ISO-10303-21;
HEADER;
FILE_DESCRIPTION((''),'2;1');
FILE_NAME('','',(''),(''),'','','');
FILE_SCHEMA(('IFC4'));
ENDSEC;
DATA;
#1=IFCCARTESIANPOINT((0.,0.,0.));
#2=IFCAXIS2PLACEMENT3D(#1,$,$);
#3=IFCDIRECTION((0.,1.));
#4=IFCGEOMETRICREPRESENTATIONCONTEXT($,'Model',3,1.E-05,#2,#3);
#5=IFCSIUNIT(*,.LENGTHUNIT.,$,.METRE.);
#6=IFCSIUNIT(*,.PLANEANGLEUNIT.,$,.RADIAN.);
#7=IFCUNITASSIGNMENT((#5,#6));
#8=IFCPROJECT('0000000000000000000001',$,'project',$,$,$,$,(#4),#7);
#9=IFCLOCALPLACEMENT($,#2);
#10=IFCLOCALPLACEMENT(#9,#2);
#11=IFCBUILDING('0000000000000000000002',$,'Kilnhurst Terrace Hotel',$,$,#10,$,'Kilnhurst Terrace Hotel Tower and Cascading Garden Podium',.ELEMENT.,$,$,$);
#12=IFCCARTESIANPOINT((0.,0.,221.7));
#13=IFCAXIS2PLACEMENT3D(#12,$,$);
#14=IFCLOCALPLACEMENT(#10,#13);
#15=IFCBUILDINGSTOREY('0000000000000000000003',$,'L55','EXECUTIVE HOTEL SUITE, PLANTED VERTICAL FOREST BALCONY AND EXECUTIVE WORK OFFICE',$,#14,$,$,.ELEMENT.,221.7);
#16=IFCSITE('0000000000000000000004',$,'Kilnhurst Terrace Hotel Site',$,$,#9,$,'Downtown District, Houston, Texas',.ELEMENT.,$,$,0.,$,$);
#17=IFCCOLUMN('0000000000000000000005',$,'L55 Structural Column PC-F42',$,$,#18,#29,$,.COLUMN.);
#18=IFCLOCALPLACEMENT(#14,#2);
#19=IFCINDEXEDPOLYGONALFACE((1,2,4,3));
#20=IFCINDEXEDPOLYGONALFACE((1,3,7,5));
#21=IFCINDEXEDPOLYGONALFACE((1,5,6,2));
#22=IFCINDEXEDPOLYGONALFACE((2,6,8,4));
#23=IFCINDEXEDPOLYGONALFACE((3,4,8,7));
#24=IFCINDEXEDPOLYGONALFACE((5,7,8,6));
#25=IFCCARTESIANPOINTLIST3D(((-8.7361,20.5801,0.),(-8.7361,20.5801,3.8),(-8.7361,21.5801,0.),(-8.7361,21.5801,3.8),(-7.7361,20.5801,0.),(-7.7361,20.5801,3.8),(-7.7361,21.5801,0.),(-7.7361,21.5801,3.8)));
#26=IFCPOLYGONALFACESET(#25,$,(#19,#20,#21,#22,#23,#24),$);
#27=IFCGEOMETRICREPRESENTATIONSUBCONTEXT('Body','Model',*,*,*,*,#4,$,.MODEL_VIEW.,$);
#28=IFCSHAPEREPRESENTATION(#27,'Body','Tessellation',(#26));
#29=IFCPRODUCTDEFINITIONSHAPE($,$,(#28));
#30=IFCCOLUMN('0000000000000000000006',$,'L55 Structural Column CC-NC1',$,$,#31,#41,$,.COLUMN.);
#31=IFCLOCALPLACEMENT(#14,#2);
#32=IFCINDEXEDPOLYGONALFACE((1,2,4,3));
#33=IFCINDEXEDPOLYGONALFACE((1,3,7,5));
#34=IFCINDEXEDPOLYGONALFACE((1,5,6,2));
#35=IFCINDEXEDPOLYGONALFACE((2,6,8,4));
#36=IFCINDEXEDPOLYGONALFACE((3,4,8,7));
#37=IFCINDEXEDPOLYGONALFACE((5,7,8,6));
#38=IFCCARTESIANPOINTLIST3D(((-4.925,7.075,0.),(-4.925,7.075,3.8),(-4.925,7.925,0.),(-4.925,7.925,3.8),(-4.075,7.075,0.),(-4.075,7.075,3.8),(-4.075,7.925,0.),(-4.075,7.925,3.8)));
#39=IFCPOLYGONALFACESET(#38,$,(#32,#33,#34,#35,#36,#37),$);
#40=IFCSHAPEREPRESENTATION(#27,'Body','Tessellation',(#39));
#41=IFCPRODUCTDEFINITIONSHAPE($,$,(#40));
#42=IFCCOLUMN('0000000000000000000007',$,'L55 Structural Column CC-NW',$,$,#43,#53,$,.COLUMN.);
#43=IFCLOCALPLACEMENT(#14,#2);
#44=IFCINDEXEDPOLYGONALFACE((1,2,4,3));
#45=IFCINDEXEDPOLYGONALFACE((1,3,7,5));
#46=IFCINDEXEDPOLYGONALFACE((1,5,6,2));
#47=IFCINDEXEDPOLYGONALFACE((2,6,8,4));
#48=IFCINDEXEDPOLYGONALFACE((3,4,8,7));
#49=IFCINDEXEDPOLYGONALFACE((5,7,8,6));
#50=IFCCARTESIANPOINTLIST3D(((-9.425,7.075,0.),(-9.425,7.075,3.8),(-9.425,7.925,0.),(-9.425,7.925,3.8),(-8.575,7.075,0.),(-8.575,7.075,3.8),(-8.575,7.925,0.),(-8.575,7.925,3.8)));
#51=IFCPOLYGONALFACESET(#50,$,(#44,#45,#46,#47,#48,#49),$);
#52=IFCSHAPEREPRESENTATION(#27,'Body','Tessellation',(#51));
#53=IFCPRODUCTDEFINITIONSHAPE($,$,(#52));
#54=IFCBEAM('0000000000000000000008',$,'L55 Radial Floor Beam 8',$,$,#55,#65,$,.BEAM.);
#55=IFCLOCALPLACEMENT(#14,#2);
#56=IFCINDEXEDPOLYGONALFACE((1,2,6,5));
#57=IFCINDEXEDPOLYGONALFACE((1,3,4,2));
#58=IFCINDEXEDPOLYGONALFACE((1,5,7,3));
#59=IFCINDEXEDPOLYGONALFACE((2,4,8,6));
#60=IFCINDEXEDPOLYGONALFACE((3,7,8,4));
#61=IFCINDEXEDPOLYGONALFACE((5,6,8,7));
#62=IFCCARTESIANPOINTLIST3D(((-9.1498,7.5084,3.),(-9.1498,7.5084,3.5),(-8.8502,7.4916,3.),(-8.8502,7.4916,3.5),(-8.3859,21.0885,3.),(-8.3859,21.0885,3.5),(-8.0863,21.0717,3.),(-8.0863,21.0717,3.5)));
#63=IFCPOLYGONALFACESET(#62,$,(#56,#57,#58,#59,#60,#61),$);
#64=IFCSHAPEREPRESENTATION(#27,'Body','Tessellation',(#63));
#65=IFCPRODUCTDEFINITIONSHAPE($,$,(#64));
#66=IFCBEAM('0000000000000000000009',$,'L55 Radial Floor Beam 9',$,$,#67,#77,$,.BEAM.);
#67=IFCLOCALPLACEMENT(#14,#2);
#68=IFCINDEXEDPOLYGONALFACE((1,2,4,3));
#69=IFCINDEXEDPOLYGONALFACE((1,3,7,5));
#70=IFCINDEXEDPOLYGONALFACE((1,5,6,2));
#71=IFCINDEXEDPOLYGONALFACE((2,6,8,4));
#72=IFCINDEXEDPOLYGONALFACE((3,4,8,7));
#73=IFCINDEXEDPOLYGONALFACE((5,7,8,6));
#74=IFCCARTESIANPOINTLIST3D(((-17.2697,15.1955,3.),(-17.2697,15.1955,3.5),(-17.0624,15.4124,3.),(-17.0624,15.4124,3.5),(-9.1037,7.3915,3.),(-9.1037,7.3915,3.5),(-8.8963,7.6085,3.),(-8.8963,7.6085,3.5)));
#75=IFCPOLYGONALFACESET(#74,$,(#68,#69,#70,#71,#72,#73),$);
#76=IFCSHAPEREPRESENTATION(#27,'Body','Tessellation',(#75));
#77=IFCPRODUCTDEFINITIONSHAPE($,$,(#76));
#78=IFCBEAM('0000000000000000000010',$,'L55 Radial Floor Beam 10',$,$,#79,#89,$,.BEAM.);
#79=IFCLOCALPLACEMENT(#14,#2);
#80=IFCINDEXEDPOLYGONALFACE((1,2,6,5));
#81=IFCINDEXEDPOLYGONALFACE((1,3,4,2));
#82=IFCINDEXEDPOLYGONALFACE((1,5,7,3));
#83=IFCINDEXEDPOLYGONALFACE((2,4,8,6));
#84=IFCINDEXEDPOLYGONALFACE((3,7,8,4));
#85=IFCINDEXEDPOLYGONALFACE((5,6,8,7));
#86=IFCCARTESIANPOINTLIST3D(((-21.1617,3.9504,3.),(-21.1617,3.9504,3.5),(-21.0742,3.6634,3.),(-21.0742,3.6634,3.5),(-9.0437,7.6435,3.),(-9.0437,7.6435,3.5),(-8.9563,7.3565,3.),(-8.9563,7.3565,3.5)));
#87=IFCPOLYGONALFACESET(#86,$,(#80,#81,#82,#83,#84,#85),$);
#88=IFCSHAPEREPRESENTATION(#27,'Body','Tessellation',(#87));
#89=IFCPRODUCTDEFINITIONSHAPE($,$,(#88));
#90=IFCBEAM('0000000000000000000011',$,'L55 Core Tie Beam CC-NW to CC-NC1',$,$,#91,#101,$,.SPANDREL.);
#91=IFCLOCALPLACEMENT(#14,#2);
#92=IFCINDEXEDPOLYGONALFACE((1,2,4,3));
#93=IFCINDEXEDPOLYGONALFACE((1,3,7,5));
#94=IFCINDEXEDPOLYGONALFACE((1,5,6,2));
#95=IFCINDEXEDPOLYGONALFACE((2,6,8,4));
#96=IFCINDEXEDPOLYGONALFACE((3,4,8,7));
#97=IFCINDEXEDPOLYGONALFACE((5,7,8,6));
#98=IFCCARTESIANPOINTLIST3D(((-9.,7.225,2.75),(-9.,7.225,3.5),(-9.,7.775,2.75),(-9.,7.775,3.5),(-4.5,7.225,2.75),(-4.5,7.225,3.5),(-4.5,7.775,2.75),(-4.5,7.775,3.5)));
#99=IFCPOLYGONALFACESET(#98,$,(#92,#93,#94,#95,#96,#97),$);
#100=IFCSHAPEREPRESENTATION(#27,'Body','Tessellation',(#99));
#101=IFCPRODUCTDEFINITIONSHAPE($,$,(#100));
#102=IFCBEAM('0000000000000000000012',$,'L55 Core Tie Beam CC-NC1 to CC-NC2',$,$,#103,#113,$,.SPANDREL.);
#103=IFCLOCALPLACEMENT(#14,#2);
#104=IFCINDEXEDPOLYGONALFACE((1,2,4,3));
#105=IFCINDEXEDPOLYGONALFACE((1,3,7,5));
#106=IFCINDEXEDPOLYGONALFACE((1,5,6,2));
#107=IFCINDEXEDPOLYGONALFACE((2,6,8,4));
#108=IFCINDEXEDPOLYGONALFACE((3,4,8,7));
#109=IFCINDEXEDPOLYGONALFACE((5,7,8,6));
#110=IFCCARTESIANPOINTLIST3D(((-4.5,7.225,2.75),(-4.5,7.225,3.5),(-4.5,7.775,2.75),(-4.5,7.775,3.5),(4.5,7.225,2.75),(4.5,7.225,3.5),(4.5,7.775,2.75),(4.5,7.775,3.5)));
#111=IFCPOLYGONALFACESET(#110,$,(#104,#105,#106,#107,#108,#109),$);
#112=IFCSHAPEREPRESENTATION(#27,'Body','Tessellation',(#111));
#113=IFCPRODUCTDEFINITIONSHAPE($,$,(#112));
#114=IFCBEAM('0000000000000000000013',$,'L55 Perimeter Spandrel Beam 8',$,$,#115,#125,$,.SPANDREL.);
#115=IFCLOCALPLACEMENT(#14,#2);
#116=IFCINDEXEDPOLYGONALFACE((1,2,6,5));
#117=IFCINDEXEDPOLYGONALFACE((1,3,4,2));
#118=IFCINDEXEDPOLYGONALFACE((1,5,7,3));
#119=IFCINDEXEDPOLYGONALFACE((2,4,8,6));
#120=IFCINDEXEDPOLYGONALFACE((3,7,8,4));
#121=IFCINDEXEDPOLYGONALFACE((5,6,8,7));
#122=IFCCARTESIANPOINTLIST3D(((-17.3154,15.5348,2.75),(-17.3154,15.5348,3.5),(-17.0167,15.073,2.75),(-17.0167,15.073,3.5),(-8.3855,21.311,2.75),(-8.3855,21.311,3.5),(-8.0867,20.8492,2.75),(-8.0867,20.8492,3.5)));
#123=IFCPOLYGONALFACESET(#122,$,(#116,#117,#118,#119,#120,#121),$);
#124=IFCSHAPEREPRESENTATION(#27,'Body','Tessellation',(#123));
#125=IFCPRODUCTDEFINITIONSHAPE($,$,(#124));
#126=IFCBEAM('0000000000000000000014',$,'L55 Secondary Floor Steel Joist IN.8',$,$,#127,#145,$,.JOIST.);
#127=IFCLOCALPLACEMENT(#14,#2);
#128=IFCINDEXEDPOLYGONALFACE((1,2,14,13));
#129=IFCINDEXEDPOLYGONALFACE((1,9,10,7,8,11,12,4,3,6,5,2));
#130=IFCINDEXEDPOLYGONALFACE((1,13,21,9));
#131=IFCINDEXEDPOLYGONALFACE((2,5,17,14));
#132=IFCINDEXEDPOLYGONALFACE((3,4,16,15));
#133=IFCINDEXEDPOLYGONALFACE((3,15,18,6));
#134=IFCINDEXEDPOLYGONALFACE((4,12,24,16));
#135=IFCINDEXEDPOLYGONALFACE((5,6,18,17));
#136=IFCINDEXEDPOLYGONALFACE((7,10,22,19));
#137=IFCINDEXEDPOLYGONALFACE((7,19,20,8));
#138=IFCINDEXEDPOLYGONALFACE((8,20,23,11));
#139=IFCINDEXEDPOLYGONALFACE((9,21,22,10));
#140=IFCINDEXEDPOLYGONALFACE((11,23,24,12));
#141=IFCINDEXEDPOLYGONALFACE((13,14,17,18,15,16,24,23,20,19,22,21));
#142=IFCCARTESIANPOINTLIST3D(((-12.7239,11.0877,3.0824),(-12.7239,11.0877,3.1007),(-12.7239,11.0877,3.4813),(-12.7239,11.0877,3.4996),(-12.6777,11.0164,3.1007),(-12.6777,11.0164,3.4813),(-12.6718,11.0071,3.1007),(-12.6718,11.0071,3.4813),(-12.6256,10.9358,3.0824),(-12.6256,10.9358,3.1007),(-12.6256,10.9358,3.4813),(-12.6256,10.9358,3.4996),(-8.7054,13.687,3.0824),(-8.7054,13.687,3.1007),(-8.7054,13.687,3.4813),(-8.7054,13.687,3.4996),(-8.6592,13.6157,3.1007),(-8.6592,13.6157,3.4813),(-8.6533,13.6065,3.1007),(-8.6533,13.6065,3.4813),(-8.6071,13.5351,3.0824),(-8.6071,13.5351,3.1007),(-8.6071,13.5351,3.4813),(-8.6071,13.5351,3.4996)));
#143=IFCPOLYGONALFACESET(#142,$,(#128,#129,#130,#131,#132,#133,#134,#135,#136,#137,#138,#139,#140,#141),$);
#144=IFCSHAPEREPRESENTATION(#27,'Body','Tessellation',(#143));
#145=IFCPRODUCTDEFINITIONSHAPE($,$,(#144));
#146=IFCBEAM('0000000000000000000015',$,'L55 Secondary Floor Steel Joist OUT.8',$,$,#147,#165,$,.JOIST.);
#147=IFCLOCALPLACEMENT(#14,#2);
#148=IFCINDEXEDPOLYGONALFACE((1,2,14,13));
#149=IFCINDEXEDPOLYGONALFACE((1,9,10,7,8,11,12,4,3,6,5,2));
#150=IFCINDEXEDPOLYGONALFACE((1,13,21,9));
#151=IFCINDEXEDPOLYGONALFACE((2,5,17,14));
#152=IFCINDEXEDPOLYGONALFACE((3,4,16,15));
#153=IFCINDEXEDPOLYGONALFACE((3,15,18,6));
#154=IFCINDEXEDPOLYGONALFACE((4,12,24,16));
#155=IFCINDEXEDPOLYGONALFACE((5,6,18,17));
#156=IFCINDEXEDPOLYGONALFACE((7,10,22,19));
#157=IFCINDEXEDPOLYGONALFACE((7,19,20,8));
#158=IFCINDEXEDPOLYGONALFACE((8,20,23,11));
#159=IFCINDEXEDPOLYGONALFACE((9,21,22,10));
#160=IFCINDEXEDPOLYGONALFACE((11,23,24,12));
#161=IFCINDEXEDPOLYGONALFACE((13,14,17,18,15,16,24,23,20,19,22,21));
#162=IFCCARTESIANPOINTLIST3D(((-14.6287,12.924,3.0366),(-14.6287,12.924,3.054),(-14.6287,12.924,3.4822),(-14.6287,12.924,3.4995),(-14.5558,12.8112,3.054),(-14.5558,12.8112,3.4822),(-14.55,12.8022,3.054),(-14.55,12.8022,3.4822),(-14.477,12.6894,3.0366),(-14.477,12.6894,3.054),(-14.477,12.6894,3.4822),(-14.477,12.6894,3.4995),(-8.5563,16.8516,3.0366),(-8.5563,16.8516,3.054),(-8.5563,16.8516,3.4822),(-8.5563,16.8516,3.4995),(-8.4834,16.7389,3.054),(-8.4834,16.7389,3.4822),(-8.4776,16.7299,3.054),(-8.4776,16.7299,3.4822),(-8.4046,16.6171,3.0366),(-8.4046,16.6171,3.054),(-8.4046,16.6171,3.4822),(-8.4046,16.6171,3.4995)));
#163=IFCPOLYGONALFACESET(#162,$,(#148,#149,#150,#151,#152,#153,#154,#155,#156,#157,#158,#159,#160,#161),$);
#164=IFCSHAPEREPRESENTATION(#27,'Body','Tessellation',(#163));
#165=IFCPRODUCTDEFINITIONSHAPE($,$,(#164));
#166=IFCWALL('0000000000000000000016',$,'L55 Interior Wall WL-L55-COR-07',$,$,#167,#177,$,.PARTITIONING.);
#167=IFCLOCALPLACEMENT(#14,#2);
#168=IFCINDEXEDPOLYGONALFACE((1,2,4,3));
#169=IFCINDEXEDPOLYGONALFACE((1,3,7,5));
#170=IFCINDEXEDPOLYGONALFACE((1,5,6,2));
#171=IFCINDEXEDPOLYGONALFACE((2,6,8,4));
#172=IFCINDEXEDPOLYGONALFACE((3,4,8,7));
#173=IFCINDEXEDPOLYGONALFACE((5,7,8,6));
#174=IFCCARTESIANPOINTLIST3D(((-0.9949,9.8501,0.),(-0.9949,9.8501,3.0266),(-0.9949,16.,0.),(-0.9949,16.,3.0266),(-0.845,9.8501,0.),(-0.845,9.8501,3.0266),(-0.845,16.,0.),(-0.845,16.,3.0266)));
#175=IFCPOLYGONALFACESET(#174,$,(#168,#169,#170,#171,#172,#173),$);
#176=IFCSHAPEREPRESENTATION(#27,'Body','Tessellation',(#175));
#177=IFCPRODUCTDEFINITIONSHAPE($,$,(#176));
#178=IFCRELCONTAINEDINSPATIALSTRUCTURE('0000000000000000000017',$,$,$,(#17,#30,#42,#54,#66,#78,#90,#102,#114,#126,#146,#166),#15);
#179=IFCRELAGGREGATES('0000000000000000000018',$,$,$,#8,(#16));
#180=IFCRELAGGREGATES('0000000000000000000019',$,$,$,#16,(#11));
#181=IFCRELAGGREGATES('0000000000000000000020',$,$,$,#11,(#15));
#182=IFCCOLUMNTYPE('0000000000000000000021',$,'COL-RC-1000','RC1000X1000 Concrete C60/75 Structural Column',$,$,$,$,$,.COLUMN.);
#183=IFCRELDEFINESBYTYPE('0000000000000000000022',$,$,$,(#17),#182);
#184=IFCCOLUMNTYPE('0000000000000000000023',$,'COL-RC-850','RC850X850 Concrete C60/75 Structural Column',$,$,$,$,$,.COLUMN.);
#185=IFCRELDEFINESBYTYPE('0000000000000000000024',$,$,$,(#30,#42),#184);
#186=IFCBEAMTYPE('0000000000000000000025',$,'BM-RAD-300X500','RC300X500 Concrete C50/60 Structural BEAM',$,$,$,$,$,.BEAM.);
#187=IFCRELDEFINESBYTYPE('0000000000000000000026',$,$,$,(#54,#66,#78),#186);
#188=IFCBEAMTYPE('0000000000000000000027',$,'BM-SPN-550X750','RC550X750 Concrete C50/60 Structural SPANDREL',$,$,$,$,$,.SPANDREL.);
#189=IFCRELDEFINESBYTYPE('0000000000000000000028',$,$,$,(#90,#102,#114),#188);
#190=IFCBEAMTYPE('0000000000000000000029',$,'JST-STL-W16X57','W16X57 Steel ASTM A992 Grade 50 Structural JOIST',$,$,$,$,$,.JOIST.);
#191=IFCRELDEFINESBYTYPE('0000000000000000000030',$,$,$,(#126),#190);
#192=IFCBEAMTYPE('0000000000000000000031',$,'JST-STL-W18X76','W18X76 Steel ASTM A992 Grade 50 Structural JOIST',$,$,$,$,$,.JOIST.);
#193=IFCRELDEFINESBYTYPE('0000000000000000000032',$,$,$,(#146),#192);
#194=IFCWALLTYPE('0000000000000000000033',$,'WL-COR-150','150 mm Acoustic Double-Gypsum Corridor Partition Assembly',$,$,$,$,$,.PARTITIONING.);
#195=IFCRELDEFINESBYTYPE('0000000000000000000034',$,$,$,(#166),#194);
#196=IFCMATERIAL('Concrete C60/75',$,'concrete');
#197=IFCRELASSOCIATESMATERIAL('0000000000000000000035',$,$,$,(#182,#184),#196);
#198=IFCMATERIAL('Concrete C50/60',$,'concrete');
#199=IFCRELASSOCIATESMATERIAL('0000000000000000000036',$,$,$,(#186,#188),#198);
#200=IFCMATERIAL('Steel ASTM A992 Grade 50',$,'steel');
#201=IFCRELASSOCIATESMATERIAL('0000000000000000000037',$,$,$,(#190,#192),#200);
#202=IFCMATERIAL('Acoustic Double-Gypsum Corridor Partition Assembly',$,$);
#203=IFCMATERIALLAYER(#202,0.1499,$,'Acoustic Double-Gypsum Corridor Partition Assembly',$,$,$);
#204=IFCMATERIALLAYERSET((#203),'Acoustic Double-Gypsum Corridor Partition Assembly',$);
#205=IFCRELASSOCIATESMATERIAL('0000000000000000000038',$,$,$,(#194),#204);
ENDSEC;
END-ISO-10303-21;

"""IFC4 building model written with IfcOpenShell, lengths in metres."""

from ifc_helpers import new_model, si_unit, direction, frame, frame_2d, origin, origin_2d, place, context, subcontext, project, spatial, rectangle, i_section, extrude, material, layer, layer_set, material_profile, profile_set, type_object, element, save


model = new_model("IFC4")

# Units and contexts
model_context = context("Model", 3, precision=1e-05, world=origin(), true_north=direction((0.0, 1.0)))
body_context = subcontext(model_context, "Body", "Model", "MODEL_VIEW")
ifc_project = project(units=[si_unit("LENGTHUNIT", "METRE"), si_unit("PLANEANGLEUNIT", "RADIAN")], contexts=[model_context])

# Site, building, storey
site_placement = place(None, origin())
site = spatial("IfcSite", under=ifc_project, at=site_placement, Name="Kilnhurst Terrace Hotel Site", LongName="Downtown District, Houston, Texas", CompositionType="ELEMENT", RefElevation=0.0)
building_placement = place(site_placement, origin())
building = spatial("IfcBuilding", under=site, at=building_placement, Name="Kilnhurst Terrace Hotel", LongName="Kilnhurst Terrace Hotel Tower and Cascading Garden Podium", CompositionType="ELEMENT")
storey_placement = place(building_placement, frame((0.0, 0.0, 221.7)))
storey = spatial("IfcBuildingStorey", under=building, at=storey_placement, Name="L55", Description="EXECUTIVE HOTEL SUITE, PLANTED VERTICAL FOREST BALCONY AND EXECUTIVE WORK OFFICE", CompositionType="ELEMENT", Elevation=221.7)

# Columns
ifc_material_1 = material(Name="Concrete C60/75", Category="concrete")
ifc_material_profile_1 = material_profile(ifc_material_1, rectangle(XDim=1.0, YDim=1.0, at=origin_2d()), Name="RC1000X1000")
ifc_profile_set_1 = profile_set([ifc_material_profile_1], Name="Concrete C60/75")
column_type_1 = type_object("IfcColumnType", Name="COL-RC-1000", Description="RC1000X1000 Concrete C60/75 Structural Column", PredefinedType="COLUMN", material=ifc_profile_set_1)
column_placement = place(storey_placement, frame((-8.2361, 21.0801, 0.0), z_axis=(0.0, 0.0, 1.0), x_axis=(1.0, 0.0, 0.0)))
element("IfcColumn", 1, at=column_placement, inside=storey, type_object=column_type_1, Name="L55 Structural Column PC-F42", PredefinedType="COLUMN", context=body_context, shape_type="SweptSolid", body=[
    extrude(rectangle(XDim=1.0, YDim=1.0, at=origin_2d()), origin(), (0.0, 0.0, 1.0), 3.8),
])
ifc_material_profile_2 = material_profile(ifc_material_1, rectangle(XDim=0.8501, YDim=0.8501, at=origin_2d()), Name="RC850X850")
ifc_profile_set_2 = profile_set([ifc_material_profile_2], Name="Concrete C60/75")
column_type_2 = type_object("IfcColumnType", Name="COL-RC-850", Description="RC850X850 Concrete C60/75 Structural Column", PredefinedType="COLUMN", material=ifc_profile_set_2)
for number, where, z_axis, x_axis, name in (
    (2, (-4.5, 7.5, 0.0), (0.0, 0.0, 1.0), (1.0, 0.0, 0.0), "L55 Structural Column CC-NC1"),
    (3, (-9.0, 7.5, 0.0), (0.0, 0.0, 1.0), (1.0, 0.0, 0.0), "L55 Structural Column CC-NW"),
):
    element("IfcColumn", number, at=place(storey_placement, frame(where, z_axis=z_axis, x_axis=x_axis)), inside=storey, type_object=column_type_2, Name=name, PredefinedType="COLUMN", context=body_context, shape_type="SweptSolid", body=[
        extrude(rectangle(XDim=0.8501, YDim=0.8501, at=origin_2d()), origin(), (0.0, 0.0, 1.0), 3.8),
    ])

# Beams
ifc_material_2 = material(Name="Concrete C50/60", Category="concrete")
ifc_material_profile_3 = material_profile(ifc_material_2, rectangle(XDim=0.3, YDim=0.5, at=origin_2d()), Name="RC300X500")
ifc_profile_set_3 = profile_set([ifc_material_profile_3], Name="Concrete C50/60")
beam_type_1 = type_object("IfcBeamType", Name="BM-RAD-300X500", Description="RC300X500 Concrete C50/60 Structural BEAM", PredefinedType="BEAM", material=ifc_profile_set_3)
beam_1_placement = place(storey_placement, frame((-9.0, 7.5, 3.25), z_axis=(0.056164, 0.998422, 0.0), x_axis=(-0.998422, 0.056164, 0.0)))
element("IfcBeam", 4, at=beam_1_placement, inside=storey, type_object=beam_type_1, Name="L55 Radial Floor Beam 8", PredefinedType="BEAM", context=body_context, shape_type="SweptSolid", body=[
    extrude(rectangle(XDim=0.3, YDim=0.5, at=origin_2d()), origin(), (0.0, 0.0, 1.0), 13.6016),
])
beam_2_placement = place(storey_placement, frame((-9.0, 7.5, 3.25), z_axis=(-0.722952, 0.690898, 0.0), x_axis=(-0.690898, -0.722952, 0.0)))
element("IfcBeam", 5, at=beam_2_placement, inside=storey, type_object=beam_type_1, Name="L55 Radial Floor Beam 9", PredefinedType="BEAM", context=body_context, shape_type="SweptSolid", body=[
    extrude(rectangle(XDim=0.3, YDim=0.5, at=origin_2d()), origin(), (0.0, 0.0, 1.0), 11.2954),
])
beam_3_placement = place(storey_placement, frame((-9.0, 7.5, 3.25), z_axis=(-0.956563, -0.291527, 0.0), x_axis=(0.291527, -0.956563, 0.0)))
element("IfcBeam", 6, at=beam_3_placement, inside=storey, type_object=beam_type_1, Name="L55 Radial Floor Beam 10", PredefinedType="BEAM", context=body_context, shape_type="SweptSolid", body=[
    extrude(rectangle(XDim=0.3, YDim=0.5, at=origin_2d()), origin(), (0.0, 0.0, 1.0), 12.6682),
])
ifc_material_profile_4 = material_profile(ifc_material_2, rectangle(XDim=0.55, YDim=0.75, at=origin_2d()), Name="RC550X750")
ifc_profile_set_4 = profile_set([ifc_material_profile_4], Name="Concrete C50/60")
beam_type_2 = type_object("IfcBeamType", Name="BM-SPN-550X750", Description="RC550X750 Concrete C50/60 Structural SPANDREL", PredefinedType="SPANDREL", material=ifc_profile_set_4)
beam_4_placement = place(storey_placement, frame((-9.0, 7.5, 3.125), z_axis=(1.0, 0.0, 0.0), x_axis=(0.0, 1.0, 0.0)))
element("IfcBeam", 7, at=beam_4_placement, inside=storey, type_object=beam_type_2, Name="L55 Core Tie Beam CC-NW to CC-NC1", PredefinedType="SPANDREL", context=body_context, shape_type="SweptSolid", body=[
    extrude(rectangle(XDim=0.55, YDim=0.75, at=origin_2d()), origin(), (0.0, 0.0, 1.0), 4.5),
])
beam_5_placement = place(storey_placement, frame((-4.5, 7.5, 3.125), z_axis=(1.0, 0.0, 0.0), x_axis=(0.0, 1.0, 0.0)))
element("IfcBeam", 8, at=beam_5_placement, inside=storey, type_object=beam_type_2, Name="L55 Core Tie Beam CC-NC1 to CC-NC2", PredefinedType="SPANDREL", context=body_context, shape_type="SweptSolid", body=[
    extrude(rectangle(XDim=0.55, YDim=0.75, at=origin_2d()), origin(), (0.0, 0.0, 1.0), 9.0),
])
beam_6_placement = place(storey_placement, frame((-8.2361, 21.0801, 3.125), z_axis=(-0.839659, -0.543114, 0.0), x_axis=(0.543114, -0.839659, 0.0)))
element("IfcBeam", 9, at=beam_6_placement, inside=storey, type_object=beam_type_2, Name="L55 Perimeter Spandrel Beam 8", PredefinedType="SPANDREL", context=body_context, shape_type="SweptSolid", body=[
    extrude(rectangle(XDim=0.55, YDim=0.75, at=origin_2d()), origin(), (0.0, 0.0, 1.0), 10.6353),
])
ifc_material_3 = material(Name="Steel ASTM A992 Grade 50", Category="steel")
ifc_material_profile_5 = material_profile(ifc_material_3, i_section(OverallWidth=0.1809, OverallDepth=0.4172, WebThickness=0.011, FlangeThickness=0.0183, at=origin_2d()), Name="W16X57")
ifc_profile_set_5 = profile_set([ifc_material_profile_5], Name="Steel ASTM A992 Grade 50")
beam_type_3 = type_object("IfcBeamType", Name="JST-STL-W16X57", Description="W16X57 Steel ASTM A992 Grade 50 Structural JOIST", PredefinedType="JOIST", material=ifc_profile_set_5)
beam_7_placement = place(storey_placement, frame((-8.6562, 13.6111, 3.291), z_axis=(-0.839654, -0.543122, 0.0), x_axis=(0.543122, -0.839654, 0.0)))
element("IfcBeam", 10, at=beam_7_placement, inside=storey, type_object=beam_type_3, Name="L55 Secondary Floor Steel Joist IN.8", PredefinedType="JOIST", context=body_context, shape_type="SweptSolid", body=[
    extrude(i_section(OverallWidth=0.1809, OverallDepth=0.4172, WebThickness=0.011, FlangeThickness=0.0183, at=origin_2d()), origin(), (0.0, 0.0, 1.0), 4.7859),
])
ifc_material_profile_6 = material_profile(ifc_material_3, i_section(OverallWidth=0.2793, OverallDepth=0.4629, WebThickness=0.0107, FlangeThickness=0.0173, at=origin_2d()), Name="W18X76")
ifc_profile_set_6 = profile_set([ifc_material_profile_6], Name="Steel ASTM A992 Grade 50")
beam_type_4 = type_object("IfcBeamType", Name="JST-STL-W18X76", Description="W18X76 Steel ASTM A992 Grade 50 Structural JOIST", PredefinedType="JOIST", material=ifc_profile_set_6)
beam_8_placement = place(storey_placement, frame((-8.4805, 16.7344, 3.2681), z_axis=(-0.839667, -0.543101, 0.0), x_axis=(0.543101, -0.839667, 0.0)))
element("IfcBeam", 11, at=beam_8_placement, inside=storey, type_object=beam_type_4, Name="L55 Secondary Floor Steel Joist OUT.8", PredefinedType="JOIST", context=body_context, shape_type="SweptSolid", body=[
    extrude(i_section(OverallWidth=0.2793, OverallDepth=0.4629, WebThickness=0.0107, FlangeThickness=0.0173, at=origin_2d()), origin(), (0.0, 0.0, 1.0), 7.2319),
])

# Wall
ifc_material_4 = material(Name="Acoustic Double-Gypsum Corridor Partition Assembly")
ifc_layer_1 = layer(ifc_material_4, 0.1499, Name="Acoustic Double-Gypsum Corridor Partition Assembly")
ifc_layer_set_1 = layer_set([ifc_layer_1], Name="Acoustic Double-Gypsum Corridor Partition Assembly")
wall_type_1 = type_object("IfcWallType", Name="WL-COR-150", Description="150 mm Acoustic Double-Gypsum Corridor Partition Assembly", PredefinedType="PARTITIONING", material=ifc_layer_set_1)
wall_1_placement = place(storey_placement, frame((-0.9199, 9.8501, 0.0), z_axis=(0.0, 0.0, 1.0), x_axis=(0.0, 1.0, 0.0)))
element("IfcWall", 12, at=wall_1_placement, inside=storey, type_object=wall_type_1, Name="L55 Interior Wall WL-L55-COR-07", PredefinedType="PARTITIONING", context=body_context, shape_type="SweptSolid", body=[
    extrude(rectangle(XDim=6.1499, YDim=0.1499, at=frame_2d((3.075, 0.0))), origin(), (0.0, 0.0, 1.0), 3.0266),
])

save(model, "model.ifc")
